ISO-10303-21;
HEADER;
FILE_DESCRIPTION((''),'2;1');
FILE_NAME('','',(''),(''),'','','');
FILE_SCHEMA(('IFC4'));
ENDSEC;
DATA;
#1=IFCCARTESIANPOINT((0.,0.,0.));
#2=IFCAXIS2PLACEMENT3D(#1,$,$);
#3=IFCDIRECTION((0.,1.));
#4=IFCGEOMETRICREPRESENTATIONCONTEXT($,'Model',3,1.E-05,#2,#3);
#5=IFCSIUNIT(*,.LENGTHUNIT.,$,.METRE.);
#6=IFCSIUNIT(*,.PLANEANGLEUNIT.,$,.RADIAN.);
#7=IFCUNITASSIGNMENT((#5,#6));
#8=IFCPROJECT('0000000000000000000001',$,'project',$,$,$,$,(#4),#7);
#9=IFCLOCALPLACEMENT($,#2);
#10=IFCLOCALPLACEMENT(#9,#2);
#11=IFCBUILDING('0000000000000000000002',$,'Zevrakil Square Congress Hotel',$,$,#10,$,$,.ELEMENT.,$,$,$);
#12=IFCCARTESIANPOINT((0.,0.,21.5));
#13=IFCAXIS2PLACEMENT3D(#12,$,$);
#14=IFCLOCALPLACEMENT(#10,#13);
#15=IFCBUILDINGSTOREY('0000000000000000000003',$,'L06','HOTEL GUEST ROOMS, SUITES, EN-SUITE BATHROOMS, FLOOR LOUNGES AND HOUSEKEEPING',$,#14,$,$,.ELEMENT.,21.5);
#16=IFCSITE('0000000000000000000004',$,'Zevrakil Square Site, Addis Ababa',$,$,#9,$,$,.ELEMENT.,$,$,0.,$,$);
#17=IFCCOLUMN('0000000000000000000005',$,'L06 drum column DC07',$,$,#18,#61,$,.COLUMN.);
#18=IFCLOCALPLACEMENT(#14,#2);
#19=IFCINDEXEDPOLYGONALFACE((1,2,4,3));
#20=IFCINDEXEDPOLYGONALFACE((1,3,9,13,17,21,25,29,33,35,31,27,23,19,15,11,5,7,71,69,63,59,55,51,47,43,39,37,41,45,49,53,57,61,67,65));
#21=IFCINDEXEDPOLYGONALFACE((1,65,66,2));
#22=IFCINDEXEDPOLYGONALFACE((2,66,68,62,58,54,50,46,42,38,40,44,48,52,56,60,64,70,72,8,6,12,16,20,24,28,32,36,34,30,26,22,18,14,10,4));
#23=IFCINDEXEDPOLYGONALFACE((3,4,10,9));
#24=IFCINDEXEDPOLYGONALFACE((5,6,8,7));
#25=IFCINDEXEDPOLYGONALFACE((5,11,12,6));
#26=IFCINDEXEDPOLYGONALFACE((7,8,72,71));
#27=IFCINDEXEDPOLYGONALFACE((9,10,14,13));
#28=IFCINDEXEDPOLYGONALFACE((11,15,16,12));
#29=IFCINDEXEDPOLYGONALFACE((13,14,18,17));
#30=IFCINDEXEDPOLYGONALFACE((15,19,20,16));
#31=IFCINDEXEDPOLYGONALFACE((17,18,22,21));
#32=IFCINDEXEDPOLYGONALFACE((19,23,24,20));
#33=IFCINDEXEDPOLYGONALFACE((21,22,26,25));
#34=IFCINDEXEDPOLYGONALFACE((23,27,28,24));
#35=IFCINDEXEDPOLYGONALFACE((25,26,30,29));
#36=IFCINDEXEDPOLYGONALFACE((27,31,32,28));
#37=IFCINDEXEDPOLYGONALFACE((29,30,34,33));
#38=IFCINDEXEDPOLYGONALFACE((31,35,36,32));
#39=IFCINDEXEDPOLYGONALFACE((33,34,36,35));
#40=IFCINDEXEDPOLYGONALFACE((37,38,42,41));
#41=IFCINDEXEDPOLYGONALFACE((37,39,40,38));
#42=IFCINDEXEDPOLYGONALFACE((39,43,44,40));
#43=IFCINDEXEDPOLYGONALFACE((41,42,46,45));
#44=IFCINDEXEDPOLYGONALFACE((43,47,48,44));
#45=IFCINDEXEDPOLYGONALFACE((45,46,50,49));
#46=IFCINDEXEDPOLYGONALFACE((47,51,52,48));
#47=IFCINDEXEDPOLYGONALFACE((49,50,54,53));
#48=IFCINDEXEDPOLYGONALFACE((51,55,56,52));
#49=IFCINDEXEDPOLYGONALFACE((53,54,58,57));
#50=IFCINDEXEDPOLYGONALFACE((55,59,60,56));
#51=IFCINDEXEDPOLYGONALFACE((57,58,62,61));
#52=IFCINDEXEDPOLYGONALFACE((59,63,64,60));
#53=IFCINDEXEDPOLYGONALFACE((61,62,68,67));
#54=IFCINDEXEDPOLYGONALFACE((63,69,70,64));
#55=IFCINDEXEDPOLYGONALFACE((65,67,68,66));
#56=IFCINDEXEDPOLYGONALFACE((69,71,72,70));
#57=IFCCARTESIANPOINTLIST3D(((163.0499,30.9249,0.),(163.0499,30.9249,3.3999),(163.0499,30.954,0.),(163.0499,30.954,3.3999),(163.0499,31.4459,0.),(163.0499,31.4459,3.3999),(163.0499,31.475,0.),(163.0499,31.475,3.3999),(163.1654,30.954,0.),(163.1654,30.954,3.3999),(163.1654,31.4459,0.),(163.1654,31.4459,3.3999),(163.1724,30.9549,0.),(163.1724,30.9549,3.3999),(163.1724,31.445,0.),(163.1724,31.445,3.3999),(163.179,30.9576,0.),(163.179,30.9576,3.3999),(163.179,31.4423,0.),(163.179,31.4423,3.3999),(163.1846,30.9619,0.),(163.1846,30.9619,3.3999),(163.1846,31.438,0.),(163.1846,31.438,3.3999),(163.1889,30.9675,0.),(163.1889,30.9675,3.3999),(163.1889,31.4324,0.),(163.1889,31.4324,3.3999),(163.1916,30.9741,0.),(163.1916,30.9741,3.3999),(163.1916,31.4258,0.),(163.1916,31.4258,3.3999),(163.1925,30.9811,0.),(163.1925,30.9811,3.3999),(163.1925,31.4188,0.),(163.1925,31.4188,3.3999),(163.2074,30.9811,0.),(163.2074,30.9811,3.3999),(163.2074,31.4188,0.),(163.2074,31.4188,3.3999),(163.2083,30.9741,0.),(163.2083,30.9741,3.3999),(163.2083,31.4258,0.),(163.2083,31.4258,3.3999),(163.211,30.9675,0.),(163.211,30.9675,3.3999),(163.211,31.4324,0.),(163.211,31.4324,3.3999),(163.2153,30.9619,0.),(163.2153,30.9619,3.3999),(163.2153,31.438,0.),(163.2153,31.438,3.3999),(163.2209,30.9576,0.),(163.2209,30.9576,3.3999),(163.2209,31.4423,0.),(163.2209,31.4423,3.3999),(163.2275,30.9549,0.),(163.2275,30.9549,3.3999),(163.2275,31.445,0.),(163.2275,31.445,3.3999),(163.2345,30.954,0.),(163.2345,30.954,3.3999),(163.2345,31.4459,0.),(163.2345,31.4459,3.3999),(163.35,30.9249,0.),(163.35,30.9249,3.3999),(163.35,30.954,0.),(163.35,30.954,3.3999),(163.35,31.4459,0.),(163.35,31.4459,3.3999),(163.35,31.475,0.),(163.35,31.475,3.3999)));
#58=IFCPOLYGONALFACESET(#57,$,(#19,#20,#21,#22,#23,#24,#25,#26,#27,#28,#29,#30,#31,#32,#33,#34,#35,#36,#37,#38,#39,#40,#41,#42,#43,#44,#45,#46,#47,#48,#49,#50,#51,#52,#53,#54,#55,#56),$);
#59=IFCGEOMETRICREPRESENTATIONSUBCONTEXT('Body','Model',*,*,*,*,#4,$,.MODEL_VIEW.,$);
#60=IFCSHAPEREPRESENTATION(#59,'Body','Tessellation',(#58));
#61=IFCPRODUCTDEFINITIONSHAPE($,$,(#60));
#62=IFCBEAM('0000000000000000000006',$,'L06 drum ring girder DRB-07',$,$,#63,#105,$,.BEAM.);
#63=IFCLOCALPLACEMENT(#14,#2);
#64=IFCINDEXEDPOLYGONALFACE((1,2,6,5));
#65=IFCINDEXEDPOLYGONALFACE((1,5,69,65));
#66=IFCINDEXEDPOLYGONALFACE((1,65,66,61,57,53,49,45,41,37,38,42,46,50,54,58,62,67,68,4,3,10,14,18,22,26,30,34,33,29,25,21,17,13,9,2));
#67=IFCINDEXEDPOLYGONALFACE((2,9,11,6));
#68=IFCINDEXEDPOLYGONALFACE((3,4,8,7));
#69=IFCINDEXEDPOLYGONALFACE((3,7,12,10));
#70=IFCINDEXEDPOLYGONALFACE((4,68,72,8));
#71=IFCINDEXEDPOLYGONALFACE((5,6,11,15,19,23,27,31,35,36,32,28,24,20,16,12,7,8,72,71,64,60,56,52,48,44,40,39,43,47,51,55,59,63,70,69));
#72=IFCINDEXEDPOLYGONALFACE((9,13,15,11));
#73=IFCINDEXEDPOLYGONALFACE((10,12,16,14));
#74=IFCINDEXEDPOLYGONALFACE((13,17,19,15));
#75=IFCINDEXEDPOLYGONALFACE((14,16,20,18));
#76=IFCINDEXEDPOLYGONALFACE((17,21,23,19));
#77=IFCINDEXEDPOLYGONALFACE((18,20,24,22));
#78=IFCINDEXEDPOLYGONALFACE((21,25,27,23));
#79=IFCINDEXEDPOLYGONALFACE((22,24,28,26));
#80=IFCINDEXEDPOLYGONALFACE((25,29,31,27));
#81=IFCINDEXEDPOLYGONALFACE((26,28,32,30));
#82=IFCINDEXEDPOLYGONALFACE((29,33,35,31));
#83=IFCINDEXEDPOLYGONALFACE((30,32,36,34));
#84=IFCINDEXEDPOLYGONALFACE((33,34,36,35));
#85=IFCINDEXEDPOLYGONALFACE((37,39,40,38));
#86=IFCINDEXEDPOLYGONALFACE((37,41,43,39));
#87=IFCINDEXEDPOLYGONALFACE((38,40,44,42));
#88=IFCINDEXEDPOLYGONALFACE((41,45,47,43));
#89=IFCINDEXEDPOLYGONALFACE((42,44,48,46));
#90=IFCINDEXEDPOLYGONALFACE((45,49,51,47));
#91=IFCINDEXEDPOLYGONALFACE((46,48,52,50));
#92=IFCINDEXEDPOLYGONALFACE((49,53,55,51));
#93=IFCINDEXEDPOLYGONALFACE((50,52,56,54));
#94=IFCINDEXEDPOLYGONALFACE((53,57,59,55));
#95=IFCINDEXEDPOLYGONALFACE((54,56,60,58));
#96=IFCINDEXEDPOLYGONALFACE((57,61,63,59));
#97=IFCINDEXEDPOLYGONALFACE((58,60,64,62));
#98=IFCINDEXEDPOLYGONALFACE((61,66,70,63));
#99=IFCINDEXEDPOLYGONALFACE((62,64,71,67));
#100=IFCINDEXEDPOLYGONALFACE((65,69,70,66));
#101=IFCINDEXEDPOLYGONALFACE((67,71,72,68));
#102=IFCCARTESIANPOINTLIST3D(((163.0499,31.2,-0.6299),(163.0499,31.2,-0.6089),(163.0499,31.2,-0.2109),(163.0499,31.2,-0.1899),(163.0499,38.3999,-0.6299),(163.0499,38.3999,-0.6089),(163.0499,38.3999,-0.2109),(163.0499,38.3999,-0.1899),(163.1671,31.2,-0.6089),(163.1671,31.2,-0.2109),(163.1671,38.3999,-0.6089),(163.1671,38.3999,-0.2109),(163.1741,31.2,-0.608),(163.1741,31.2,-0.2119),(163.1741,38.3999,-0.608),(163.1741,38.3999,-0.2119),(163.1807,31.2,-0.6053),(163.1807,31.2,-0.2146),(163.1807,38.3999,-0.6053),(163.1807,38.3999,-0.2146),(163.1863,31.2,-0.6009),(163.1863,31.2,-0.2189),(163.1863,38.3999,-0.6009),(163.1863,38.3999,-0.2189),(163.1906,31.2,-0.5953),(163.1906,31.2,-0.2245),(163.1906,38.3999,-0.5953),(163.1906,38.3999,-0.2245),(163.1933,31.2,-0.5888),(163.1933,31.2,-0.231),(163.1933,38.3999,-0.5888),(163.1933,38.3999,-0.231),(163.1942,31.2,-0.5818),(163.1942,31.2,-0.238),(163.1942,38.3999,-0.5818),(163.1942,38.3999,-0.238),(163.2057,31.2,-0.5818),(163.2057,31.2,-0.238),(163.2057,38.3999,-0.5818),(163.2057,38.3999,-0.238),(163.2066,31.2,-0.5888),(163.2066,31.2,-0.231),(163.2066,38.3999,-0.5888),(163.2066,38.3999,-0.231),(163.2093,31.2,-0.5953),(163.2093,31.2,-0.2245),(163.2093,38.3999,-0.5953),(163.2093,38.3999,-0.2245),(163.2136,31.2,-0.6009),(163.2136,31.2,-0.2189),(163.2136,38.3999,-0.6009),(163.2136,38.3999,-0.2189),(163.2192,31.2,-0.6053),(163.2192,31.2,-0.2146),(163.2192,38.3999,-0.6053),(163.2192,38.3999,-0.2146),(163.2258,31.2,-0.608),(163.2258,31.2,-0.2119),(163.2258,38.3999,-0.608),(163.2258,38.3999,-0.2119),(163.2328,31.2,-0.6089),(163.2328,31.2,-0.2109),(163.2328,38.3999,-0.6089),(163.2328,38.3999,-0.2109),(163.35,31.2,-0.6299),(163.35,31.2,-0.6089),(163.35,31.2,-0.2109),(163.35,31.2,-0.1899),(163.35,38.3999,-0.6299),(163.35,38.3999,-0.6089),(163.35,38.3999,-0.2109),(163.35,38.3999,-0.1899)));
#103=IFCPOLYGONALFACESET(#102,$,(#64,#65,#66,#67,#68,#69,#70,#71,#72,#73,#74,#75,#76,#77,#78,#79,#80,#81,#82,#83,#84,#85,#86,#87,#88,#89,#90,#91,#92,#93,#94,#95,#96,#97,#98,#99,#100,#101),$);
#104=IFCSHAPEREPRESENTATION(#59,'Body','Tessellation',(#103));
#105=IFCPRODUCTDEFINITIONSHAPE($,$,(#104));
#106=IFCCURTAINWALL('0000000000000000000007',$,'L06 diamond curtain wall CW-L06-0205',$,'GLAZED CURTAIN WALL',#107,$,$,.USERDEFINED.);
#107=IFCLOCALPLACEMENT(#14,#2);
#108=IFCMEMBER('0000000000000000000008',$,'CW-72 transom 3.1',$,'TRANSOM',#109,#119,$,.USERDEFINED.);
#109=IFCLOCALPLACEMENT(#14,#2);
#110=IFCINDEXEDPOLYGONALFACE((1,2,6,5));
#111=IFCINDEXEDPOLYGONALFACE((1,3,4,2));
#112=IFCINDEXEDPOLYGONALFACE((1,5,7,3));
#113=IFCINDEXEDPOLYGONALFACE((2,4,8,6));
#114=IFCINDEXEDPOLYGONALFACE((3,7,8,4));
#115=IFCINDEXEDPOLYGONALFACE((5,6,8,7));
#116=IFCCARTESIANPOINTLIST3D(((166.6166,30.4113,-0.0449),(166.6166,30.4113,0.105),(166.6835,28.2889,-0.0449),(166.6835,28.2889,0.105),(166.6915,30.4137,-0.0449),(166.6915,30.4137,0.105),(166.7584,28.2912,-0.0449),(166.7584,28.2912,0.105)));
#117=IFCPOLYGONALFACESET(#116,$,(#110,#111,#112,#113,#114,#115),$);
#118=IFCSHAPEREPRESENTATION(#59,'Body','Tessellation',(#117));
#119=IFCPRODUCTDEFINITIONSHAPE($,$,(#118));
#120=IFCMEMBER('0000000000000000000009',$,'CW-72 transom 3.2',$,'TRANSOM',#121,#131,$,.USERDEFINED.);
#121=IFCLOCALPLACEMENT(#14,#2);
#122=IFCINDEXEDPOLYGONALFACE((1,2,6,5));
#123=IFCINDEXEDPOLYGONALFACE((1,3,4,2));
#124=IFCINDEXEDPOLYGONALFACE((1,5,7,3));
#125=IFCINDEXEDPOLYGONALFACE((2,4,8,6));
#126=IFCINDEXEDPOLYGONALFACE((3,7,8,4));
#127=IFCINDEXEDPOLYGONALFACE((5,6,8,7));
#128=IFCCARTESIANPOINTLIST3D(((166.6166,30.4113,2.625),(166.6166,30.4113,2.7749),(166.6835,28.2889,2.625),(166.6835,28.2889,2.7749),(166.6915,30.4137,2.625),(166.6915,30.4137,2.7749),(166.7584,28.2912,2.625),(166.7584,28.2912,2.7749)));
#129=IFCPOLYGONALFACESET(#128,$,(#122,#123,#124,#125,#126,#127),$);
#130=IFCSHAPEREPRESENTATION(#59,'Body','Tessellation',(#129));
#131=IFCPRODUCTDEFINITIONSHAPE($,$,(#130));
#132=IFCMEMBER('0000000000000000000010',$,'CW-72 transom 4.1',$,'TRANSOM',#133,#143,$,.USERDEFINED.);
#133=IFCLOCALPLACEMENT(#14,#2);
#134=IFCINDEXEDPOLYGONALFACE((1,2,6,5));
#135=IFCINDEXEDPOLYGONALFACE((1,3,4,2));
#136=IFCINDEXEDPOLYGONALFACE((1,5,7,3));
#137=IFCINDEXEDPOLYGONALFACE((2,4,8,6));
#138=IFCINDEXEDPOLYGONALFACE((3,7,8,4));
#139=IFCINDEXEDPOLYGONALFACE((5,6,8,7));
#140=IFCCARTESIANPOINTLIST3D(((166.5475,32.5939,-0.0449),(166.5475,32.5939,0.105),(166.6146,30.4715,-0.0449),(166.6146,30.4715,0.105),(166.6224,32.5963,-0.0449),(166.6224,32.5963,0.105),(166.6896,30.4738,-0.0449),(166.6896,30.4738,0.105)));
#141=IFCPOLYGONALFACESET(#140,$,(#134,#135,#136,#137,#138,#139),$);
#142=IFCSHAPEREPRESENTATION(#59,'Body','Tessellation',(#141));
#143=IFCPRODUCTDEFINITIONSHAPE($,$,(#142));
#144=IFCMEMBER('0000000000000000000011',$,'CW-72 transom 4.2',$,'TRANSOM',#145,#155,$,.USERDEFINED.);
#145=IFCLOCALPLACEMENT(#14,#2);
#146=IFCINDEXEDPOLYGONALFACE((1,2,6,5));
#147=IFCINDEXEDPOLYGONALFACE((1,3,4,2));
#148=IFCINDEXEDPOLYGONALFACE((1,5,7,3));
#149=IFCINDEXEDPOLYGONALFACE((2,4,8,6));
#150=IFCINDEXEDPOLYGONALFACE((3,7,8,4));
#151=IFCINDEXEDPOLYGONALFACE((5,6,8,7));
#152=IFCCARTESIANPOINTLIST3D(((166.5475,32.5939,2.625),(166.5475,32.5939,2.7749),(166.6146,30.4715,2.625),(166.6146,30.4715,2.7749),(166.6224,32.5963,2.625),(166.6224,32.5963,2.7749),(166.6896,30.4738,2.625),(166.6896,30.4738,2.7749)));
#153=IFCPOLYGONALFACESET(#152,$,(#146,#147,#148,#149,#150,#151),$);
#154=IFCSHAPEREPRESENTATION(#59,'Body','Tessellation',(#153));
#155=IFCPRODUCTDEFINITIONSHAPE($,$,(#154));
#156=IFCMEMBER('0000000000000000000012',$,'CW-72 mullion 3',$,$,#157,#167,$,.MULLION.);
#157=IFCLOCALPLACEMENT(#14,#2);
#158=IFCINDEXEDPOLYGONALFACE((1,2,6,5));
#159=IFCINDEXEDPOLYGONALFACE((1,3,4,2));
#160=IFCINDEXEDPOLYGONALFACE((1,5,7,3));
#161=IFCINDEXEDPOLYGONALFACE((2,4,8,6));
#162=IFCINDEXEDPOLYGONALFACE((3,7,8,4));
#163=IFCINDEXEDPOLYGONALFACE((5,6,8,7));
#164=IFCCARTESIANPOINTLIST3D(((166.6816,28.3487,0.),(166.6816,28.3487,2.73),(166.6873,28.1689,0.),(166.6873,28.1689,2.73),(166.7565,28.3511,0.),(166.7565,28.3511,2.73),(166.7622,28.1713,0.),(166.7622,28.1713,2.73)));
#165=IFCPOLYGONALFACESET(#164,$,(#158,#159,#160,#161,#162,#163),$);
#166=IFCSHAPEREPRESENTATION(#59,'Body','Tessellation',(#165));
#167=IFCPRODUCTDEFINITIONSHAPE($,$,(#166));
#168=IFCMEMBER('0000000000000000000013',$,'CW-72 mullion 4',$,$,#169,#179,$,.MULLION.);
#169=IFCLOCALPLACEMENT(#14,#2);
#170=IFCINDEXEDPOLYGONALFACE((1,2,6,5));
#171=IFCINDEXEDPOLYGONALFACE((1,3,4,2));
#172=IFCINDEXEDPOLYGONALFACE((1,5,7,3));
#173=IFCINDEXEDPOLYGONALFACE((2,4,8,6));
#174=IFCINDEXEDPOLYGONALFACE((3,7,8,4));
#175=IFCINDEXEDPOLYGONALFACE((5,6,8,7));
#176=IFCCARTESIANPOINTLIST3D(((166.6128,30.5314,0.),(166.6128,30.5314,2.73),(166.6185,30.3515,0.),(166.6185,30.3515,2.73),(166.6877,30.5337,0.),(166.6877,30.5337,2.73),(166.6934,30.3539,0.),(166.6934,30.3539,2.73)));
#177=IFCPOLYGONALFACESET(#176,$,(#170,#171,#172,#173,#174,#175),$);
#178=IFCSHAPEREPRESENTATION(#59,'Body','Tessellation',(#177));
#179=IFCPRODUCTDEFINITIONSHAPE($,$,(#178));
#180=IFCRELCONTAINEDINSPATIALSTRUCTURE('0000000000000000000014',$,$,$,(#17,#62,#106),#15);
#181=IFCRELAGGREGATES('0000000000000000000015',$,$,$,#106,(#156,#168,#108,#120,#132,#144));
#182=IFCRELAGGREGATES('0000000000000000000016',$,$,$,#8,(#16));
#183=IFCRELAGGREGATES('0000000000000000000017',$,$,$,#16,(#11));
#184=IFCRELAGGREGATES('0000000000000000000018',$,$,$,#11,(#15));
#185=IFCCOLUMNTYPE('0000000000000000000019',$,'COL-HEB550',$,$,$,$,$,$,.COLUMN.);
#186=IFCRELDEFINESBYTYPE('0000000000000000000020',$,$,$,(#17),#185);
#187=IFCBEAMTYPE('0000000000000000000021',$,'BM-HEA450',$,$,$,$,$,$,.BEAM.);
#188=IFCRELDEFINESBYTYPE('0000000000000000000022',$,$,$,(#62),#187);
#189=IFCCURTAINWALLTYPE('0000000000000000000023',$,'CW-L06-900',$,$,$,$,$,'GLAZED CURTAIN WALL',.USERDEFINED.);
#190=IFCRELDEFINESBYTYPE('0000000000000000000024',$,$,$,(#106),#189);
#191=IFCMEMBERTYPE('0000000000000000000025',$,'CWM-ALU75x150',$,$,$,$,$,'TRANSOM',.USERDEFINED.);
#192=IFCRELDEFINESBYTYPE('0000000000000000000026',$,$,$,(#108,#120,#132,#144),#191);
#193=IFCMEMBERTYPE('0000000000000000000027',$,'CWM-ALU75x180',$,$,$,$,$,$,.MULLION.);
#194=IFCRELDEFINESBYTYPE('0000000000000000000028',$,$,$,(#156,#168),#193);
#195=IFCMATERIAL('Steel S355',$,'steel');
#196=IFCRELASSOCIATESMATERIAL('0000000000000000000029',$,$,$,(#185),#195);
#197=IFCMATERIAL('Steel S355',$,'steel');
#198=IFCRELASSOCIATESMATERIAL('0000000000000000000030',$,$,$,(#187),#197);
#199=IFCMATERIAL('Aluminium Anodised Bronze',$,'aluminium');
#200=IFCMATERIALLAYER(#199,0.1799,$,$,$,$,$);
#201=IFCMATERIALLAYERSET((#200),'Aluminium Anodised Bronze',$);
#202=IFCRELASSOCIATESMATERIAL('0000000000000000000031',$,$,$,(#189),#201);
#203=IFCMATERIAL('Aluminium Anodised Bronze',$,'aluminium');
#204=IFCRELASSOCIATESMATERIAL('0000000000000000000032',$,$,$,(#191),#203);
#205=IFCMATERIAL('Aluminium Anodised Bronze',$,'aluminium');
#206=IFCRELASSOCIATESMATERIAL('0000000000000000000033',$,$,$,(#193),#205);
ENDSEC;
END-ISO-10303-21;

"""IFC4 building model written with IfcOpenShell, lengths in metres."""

from ifc_helpers import new_model, si_unit, direction, frame, origin, origin_2d, place, context, subcontext, project, spatial, rectangle, i_section, extrude, material, layer, layer_set, material_profile, profile_set, type_object, element, aggregate, save


model = new_model("IFC4")

# Units and contexts
model_context = context("Model", 3, precision=1e-05, world=origin(), true_north=direction((0.0, 1.0)))
body_context = subcontext(model_context, "Body", "Model", "MODEL_VIEW")
ifc_project = project(units=[si_unit("LENGTHUNIT", "METRE"), si_unit("PLANEANGLEUNIT", "RADIAN")], contexts=[model_context])

# Site, building, storey
site_placement = place(None, origin())
site = spatial("IfcSite", under=ifc_project, at=site_placement, Name="Zevrakil Square Site, Addis Ababa", CompositionType="ELEMENT", RefElevation=0.0)
building_placement = place(site_placement, origin())
building = spatial("IfcBuilding", under=site, at=building_placement, Name="Zevrakil Square Congress Hotel", CompositionType="ELEMENT")
storey_placement = place(building_placement, frame((0.0, 0.0, 21.5)))
storey = spatial("IfcBuildingStorey", under=building, at=storey_placement, Name="L06", Description="HOTEL GUEST ROOMS, SUITES, EN-SUITE BATHROOMS, FLOOR LOUNGES AND HOUSEKEEPING", CompositionType="ELEMENT", Elevation=21.5)

# Column
ifc_material_1 = material(Name="Steel S355", Category="steel")
ifc_material_profile_1 = material_profile(ifc_material_1, i_section(OverallWidth=0.3, OverallDepth=0.55, WebThickness=0.0149, FlangeThickness=0.0291, FilletRadius=0.0271, at=origin_2d()), Name="HEB 550")
ifc_profile_set_1 = profile_set([ifc_material_profile_1], Name="Steel S355")
column_type = type_object("IfcColumnType", Name="COL-HEB550", PredefinedType="COLUMN", material=ifc_profile_set_1)
column_placement = place(storey_placement, frame((163.2, 31.2, 0.0), z_axis=(0.0, 0.0, 1.0), x_axis=(1.0, 0.0, 0.0)))
element("IfcColumn", 1, at=column_placement, inside=storey, type_object=column_type, Name="L06 drum column DC07", PredefinedType="COLUMN", context=body_context, shape_type="SweptSolid", body=[
    extrude(i_section(OverallWidth=0.3, OverallDepth=0.55, WebThickness=0.0149, FlangeThickness=0.0291, FilletRadius=0.0271, at=origin_2d()), origin(), (0.0, 0.0, 1.0), 3.3999),
])

# Beam
ifc_material_2 = material(Name="Steel S355", Category="steel")
ifc_material_profile_2 = material_profile(ifc_material_2, i_section(OverallWidth=0.3, OverallDepth=0.4399, WebThickness=0.0115, FlangeThickness=0.021, FilletRadius=0.0271, at=origin_2d()), Name="HEA 450")
ifc_profile_set_2 = profile_set([ifc_material_profile_2], Name="Steel S355")
beam_type = type_object("IfcBeamType", Name="BM-HEA450", PredefinedType="BEAM", material=ifc_profile_set_2)
beam_placement = place(storey_placement, frame((163.2, 31.2, -0.4099), z_axis=(0.0, 1.0, 0.0), x_axis=(-1.0, 0.0, 0.0)))
element("IfcBeam", 2, at=beam_placement, inside=storey, type_object=beam_type, Name="L06 drum ring girder DRB-07", PredefinedType="BEAM", context=body_context, shape_type="SweptSolid", body=[
    extrude(i_section(OverallWidth=0.3, OverallDepth=0.4399, WebThickness=0.0115, FlangeThickness=0.021, FilletRadius=0.0271, at=origin_2d()), origin(), (0.0, 0.0, 1.0), 7.2),
])

# Curtain wall, members
ifc_material_3 = material(Name="Aluminium Anodised Bronze", Category="aluminium")
ifc_layer_1 = layer(ifc_material_3, 0.1799)
ifc_layer_set_1 = layer_set([ifc_layer_1], Name="Aluminium Anodised Bronze")
curtain_wall_type = type_object("IfcCurtainWallType", Name="CW-L06-900", ElementType="GLAZED CURTAIN WALL", PredefinedType="USERDEFINED", material=ifc_layer_set_1)
curtain_wall_placement = place(storey_placement, origin())
curtain_wall = element("IfcCurtainWall", 3, at=curtain_wall_placement, inside=storey, type_object=curtain_wall_type, Name="L06 diamond curtain wall CW-L06-0205", ObjectType="GLAZED CURTAIN WALL", PredefinedType="USERDEFINED")
ifc_material_4 = material(Name="Aluminium Anodised Bronze", Category="aluminium")
ifc_material_profile_3 = material_profile(ifc_material_4, rectangle(XDim=0.075, YDim=0.1499, at=origin_2d()), Name="ALU 75x150")
ifc_profile_set_3 = profile_set([ifc_material_profile_3], Name="Aluminium Anodised Bronze")
member_type_1 = type_object("IfcMemberType", Name="CWM-ALU75x150", ElementType="TRANSOM", PredefinedType="USERDEFINED", material=ifc_profile_set_3)
member_1_placement = place(storey_placement, frame((166.7209, 28.29, 0.03), z_axis=(-0.0315, 0.999504, 0.0), x_axis=(-0.999504, -0.0315, 0.0)))
member_1 = element("IfcMember", 4, at=member_1_placement, type_object=member_type_1, Name="CW-72 transom 3.1", ObjectType="TRANSOM", PredefinedType="USERDEFINED", context=body_context, shape_type="SweptSolid", body=[
    extrude(rectangle(XDim=0.075, YDim=0.1499, at=origin_2d()), origin(), (0.0, 0.0, 1.0), 2.1235),
])
member_2_placement = place(storey_placement, frame((166.7209, 28.29, 2.7), z_axis=(-0.0315, 0.999504, 0.0), x_axis=(-0.999504, -0.0315, 0.0)))
member_2 = element("IfcMember", 5, at=member_2_placement, type_object=member_type_1, Name="CW-72 transom 3.2", ObjectType="TRANSOM", PredefinedType="USERDEFINED", context=body_context, shape_type="SweptSolid", body=[
    extrude(rectangle(XDim=0.075, YDim=0.1499, at=origin_2d()), origin(), (0.0, 0.0, 1.0), 2.1235),
])
member_3_placement = place(storey_placement, frame((166.6521, 30.4727, 0.03), z_axis=(-0.031615, 0.9995, 0.0), x_axis=(-0.9995, -0.031615, 0.0)))
member_3 = element("IfcMember", 6, at=member_3_placement, type_object=member_type_1, Name="CW-72 transom 4.1", ObjectType="TRANSOM", PredefinedType="USERDEFINED", context=body_context, shape_type="SweptSolid", body=[
    extrude(rectangle(XDim=0.075, YDim=0.1499, at=origin_2d()), origin(), (0.0, 0.0, 1.0), 2.1235),
])
member_4_placement = place(storey_placement, frame((166.6521, 30.4727, 2.7), z_axis=(-0.031615, 0.9995, 0.0), x_axis=(-0.9995, -0.031615, 0.0)))
member_4 = element("IfcMember", 7, at=member_4_placement, type_object=member_type_1, Name="CW-72 transom 4.2", ObjectType="TRANSOM", PredefinedType="USERDEFINED", context=body_context, shape_type="SweptSolid", body=[
    extrude(rectangle(XDim=0.075, YDim=0.1499, at=origin_2d()), origin(), (0.0, 0.0, 1.0), 2.1235),
])
ifc_material_5 = material(Name="Aluminium Anodised Bronze", Category="aluminium")
ifc_material_profile_4 = material_profile(ifc_material_5, rectangle(XDim=0.075, YDim=0.1799, at=origin_2d()), Name="ALU 75x180")
ifc_profile_set_4 = profile_set([ifc_material_profile_4], Name="Aluminium Anodised Bronze")
member_type_2 = type_object("IfcMemberType", Name="CWM-ALU75x180", PredefinedType="MULLION", material=ifc_profile_set_4)
member_5_placement = place(storey_placement, frame((166.7219, 28.26, 0.0), z_axis=(0.0, 0.0, 1.0), x_axis=(-0.999501, -0.031598, 0.0)))
member_5 = element("IfcMember", 8, at=member_5_placement, type_object=member_type_2, Name="CW-72 mullion 3", PredefinedType="MULLION", context=body_context, shape_type="SweptSolid", body=[
    extrude(rectangle(XDim=0.075, YDim=0.1799, at=origin_2d()), origin(), (0.0, 0.0, 1.0), 2.73),
])
member_6_placement = place(storey_placement, frame((166.6531, 30.4426, 0.0), z_axis=(0.0, 0.0, 1.0), x_axis=(-0.999501, -0.031598, 0.0)))
member_6 = element("IfcMember", 9, at=member_6_placement, type_object=member_type_2, Name="CW-72 mullion 4", PredefinedType="MULLION", context=body_context, shape_type="SweptSolid", body=[
    extrude(rectangle(XDim=0.075, YDim=0.1799, at=origin_2d()), origin(), (0.0, 0.0, 1.0), 2.73),
])
aggregate(curtain_wall, [member_5, member_6, member_1, member_2, member_3, member_4])

save(model, "model.ifc")
